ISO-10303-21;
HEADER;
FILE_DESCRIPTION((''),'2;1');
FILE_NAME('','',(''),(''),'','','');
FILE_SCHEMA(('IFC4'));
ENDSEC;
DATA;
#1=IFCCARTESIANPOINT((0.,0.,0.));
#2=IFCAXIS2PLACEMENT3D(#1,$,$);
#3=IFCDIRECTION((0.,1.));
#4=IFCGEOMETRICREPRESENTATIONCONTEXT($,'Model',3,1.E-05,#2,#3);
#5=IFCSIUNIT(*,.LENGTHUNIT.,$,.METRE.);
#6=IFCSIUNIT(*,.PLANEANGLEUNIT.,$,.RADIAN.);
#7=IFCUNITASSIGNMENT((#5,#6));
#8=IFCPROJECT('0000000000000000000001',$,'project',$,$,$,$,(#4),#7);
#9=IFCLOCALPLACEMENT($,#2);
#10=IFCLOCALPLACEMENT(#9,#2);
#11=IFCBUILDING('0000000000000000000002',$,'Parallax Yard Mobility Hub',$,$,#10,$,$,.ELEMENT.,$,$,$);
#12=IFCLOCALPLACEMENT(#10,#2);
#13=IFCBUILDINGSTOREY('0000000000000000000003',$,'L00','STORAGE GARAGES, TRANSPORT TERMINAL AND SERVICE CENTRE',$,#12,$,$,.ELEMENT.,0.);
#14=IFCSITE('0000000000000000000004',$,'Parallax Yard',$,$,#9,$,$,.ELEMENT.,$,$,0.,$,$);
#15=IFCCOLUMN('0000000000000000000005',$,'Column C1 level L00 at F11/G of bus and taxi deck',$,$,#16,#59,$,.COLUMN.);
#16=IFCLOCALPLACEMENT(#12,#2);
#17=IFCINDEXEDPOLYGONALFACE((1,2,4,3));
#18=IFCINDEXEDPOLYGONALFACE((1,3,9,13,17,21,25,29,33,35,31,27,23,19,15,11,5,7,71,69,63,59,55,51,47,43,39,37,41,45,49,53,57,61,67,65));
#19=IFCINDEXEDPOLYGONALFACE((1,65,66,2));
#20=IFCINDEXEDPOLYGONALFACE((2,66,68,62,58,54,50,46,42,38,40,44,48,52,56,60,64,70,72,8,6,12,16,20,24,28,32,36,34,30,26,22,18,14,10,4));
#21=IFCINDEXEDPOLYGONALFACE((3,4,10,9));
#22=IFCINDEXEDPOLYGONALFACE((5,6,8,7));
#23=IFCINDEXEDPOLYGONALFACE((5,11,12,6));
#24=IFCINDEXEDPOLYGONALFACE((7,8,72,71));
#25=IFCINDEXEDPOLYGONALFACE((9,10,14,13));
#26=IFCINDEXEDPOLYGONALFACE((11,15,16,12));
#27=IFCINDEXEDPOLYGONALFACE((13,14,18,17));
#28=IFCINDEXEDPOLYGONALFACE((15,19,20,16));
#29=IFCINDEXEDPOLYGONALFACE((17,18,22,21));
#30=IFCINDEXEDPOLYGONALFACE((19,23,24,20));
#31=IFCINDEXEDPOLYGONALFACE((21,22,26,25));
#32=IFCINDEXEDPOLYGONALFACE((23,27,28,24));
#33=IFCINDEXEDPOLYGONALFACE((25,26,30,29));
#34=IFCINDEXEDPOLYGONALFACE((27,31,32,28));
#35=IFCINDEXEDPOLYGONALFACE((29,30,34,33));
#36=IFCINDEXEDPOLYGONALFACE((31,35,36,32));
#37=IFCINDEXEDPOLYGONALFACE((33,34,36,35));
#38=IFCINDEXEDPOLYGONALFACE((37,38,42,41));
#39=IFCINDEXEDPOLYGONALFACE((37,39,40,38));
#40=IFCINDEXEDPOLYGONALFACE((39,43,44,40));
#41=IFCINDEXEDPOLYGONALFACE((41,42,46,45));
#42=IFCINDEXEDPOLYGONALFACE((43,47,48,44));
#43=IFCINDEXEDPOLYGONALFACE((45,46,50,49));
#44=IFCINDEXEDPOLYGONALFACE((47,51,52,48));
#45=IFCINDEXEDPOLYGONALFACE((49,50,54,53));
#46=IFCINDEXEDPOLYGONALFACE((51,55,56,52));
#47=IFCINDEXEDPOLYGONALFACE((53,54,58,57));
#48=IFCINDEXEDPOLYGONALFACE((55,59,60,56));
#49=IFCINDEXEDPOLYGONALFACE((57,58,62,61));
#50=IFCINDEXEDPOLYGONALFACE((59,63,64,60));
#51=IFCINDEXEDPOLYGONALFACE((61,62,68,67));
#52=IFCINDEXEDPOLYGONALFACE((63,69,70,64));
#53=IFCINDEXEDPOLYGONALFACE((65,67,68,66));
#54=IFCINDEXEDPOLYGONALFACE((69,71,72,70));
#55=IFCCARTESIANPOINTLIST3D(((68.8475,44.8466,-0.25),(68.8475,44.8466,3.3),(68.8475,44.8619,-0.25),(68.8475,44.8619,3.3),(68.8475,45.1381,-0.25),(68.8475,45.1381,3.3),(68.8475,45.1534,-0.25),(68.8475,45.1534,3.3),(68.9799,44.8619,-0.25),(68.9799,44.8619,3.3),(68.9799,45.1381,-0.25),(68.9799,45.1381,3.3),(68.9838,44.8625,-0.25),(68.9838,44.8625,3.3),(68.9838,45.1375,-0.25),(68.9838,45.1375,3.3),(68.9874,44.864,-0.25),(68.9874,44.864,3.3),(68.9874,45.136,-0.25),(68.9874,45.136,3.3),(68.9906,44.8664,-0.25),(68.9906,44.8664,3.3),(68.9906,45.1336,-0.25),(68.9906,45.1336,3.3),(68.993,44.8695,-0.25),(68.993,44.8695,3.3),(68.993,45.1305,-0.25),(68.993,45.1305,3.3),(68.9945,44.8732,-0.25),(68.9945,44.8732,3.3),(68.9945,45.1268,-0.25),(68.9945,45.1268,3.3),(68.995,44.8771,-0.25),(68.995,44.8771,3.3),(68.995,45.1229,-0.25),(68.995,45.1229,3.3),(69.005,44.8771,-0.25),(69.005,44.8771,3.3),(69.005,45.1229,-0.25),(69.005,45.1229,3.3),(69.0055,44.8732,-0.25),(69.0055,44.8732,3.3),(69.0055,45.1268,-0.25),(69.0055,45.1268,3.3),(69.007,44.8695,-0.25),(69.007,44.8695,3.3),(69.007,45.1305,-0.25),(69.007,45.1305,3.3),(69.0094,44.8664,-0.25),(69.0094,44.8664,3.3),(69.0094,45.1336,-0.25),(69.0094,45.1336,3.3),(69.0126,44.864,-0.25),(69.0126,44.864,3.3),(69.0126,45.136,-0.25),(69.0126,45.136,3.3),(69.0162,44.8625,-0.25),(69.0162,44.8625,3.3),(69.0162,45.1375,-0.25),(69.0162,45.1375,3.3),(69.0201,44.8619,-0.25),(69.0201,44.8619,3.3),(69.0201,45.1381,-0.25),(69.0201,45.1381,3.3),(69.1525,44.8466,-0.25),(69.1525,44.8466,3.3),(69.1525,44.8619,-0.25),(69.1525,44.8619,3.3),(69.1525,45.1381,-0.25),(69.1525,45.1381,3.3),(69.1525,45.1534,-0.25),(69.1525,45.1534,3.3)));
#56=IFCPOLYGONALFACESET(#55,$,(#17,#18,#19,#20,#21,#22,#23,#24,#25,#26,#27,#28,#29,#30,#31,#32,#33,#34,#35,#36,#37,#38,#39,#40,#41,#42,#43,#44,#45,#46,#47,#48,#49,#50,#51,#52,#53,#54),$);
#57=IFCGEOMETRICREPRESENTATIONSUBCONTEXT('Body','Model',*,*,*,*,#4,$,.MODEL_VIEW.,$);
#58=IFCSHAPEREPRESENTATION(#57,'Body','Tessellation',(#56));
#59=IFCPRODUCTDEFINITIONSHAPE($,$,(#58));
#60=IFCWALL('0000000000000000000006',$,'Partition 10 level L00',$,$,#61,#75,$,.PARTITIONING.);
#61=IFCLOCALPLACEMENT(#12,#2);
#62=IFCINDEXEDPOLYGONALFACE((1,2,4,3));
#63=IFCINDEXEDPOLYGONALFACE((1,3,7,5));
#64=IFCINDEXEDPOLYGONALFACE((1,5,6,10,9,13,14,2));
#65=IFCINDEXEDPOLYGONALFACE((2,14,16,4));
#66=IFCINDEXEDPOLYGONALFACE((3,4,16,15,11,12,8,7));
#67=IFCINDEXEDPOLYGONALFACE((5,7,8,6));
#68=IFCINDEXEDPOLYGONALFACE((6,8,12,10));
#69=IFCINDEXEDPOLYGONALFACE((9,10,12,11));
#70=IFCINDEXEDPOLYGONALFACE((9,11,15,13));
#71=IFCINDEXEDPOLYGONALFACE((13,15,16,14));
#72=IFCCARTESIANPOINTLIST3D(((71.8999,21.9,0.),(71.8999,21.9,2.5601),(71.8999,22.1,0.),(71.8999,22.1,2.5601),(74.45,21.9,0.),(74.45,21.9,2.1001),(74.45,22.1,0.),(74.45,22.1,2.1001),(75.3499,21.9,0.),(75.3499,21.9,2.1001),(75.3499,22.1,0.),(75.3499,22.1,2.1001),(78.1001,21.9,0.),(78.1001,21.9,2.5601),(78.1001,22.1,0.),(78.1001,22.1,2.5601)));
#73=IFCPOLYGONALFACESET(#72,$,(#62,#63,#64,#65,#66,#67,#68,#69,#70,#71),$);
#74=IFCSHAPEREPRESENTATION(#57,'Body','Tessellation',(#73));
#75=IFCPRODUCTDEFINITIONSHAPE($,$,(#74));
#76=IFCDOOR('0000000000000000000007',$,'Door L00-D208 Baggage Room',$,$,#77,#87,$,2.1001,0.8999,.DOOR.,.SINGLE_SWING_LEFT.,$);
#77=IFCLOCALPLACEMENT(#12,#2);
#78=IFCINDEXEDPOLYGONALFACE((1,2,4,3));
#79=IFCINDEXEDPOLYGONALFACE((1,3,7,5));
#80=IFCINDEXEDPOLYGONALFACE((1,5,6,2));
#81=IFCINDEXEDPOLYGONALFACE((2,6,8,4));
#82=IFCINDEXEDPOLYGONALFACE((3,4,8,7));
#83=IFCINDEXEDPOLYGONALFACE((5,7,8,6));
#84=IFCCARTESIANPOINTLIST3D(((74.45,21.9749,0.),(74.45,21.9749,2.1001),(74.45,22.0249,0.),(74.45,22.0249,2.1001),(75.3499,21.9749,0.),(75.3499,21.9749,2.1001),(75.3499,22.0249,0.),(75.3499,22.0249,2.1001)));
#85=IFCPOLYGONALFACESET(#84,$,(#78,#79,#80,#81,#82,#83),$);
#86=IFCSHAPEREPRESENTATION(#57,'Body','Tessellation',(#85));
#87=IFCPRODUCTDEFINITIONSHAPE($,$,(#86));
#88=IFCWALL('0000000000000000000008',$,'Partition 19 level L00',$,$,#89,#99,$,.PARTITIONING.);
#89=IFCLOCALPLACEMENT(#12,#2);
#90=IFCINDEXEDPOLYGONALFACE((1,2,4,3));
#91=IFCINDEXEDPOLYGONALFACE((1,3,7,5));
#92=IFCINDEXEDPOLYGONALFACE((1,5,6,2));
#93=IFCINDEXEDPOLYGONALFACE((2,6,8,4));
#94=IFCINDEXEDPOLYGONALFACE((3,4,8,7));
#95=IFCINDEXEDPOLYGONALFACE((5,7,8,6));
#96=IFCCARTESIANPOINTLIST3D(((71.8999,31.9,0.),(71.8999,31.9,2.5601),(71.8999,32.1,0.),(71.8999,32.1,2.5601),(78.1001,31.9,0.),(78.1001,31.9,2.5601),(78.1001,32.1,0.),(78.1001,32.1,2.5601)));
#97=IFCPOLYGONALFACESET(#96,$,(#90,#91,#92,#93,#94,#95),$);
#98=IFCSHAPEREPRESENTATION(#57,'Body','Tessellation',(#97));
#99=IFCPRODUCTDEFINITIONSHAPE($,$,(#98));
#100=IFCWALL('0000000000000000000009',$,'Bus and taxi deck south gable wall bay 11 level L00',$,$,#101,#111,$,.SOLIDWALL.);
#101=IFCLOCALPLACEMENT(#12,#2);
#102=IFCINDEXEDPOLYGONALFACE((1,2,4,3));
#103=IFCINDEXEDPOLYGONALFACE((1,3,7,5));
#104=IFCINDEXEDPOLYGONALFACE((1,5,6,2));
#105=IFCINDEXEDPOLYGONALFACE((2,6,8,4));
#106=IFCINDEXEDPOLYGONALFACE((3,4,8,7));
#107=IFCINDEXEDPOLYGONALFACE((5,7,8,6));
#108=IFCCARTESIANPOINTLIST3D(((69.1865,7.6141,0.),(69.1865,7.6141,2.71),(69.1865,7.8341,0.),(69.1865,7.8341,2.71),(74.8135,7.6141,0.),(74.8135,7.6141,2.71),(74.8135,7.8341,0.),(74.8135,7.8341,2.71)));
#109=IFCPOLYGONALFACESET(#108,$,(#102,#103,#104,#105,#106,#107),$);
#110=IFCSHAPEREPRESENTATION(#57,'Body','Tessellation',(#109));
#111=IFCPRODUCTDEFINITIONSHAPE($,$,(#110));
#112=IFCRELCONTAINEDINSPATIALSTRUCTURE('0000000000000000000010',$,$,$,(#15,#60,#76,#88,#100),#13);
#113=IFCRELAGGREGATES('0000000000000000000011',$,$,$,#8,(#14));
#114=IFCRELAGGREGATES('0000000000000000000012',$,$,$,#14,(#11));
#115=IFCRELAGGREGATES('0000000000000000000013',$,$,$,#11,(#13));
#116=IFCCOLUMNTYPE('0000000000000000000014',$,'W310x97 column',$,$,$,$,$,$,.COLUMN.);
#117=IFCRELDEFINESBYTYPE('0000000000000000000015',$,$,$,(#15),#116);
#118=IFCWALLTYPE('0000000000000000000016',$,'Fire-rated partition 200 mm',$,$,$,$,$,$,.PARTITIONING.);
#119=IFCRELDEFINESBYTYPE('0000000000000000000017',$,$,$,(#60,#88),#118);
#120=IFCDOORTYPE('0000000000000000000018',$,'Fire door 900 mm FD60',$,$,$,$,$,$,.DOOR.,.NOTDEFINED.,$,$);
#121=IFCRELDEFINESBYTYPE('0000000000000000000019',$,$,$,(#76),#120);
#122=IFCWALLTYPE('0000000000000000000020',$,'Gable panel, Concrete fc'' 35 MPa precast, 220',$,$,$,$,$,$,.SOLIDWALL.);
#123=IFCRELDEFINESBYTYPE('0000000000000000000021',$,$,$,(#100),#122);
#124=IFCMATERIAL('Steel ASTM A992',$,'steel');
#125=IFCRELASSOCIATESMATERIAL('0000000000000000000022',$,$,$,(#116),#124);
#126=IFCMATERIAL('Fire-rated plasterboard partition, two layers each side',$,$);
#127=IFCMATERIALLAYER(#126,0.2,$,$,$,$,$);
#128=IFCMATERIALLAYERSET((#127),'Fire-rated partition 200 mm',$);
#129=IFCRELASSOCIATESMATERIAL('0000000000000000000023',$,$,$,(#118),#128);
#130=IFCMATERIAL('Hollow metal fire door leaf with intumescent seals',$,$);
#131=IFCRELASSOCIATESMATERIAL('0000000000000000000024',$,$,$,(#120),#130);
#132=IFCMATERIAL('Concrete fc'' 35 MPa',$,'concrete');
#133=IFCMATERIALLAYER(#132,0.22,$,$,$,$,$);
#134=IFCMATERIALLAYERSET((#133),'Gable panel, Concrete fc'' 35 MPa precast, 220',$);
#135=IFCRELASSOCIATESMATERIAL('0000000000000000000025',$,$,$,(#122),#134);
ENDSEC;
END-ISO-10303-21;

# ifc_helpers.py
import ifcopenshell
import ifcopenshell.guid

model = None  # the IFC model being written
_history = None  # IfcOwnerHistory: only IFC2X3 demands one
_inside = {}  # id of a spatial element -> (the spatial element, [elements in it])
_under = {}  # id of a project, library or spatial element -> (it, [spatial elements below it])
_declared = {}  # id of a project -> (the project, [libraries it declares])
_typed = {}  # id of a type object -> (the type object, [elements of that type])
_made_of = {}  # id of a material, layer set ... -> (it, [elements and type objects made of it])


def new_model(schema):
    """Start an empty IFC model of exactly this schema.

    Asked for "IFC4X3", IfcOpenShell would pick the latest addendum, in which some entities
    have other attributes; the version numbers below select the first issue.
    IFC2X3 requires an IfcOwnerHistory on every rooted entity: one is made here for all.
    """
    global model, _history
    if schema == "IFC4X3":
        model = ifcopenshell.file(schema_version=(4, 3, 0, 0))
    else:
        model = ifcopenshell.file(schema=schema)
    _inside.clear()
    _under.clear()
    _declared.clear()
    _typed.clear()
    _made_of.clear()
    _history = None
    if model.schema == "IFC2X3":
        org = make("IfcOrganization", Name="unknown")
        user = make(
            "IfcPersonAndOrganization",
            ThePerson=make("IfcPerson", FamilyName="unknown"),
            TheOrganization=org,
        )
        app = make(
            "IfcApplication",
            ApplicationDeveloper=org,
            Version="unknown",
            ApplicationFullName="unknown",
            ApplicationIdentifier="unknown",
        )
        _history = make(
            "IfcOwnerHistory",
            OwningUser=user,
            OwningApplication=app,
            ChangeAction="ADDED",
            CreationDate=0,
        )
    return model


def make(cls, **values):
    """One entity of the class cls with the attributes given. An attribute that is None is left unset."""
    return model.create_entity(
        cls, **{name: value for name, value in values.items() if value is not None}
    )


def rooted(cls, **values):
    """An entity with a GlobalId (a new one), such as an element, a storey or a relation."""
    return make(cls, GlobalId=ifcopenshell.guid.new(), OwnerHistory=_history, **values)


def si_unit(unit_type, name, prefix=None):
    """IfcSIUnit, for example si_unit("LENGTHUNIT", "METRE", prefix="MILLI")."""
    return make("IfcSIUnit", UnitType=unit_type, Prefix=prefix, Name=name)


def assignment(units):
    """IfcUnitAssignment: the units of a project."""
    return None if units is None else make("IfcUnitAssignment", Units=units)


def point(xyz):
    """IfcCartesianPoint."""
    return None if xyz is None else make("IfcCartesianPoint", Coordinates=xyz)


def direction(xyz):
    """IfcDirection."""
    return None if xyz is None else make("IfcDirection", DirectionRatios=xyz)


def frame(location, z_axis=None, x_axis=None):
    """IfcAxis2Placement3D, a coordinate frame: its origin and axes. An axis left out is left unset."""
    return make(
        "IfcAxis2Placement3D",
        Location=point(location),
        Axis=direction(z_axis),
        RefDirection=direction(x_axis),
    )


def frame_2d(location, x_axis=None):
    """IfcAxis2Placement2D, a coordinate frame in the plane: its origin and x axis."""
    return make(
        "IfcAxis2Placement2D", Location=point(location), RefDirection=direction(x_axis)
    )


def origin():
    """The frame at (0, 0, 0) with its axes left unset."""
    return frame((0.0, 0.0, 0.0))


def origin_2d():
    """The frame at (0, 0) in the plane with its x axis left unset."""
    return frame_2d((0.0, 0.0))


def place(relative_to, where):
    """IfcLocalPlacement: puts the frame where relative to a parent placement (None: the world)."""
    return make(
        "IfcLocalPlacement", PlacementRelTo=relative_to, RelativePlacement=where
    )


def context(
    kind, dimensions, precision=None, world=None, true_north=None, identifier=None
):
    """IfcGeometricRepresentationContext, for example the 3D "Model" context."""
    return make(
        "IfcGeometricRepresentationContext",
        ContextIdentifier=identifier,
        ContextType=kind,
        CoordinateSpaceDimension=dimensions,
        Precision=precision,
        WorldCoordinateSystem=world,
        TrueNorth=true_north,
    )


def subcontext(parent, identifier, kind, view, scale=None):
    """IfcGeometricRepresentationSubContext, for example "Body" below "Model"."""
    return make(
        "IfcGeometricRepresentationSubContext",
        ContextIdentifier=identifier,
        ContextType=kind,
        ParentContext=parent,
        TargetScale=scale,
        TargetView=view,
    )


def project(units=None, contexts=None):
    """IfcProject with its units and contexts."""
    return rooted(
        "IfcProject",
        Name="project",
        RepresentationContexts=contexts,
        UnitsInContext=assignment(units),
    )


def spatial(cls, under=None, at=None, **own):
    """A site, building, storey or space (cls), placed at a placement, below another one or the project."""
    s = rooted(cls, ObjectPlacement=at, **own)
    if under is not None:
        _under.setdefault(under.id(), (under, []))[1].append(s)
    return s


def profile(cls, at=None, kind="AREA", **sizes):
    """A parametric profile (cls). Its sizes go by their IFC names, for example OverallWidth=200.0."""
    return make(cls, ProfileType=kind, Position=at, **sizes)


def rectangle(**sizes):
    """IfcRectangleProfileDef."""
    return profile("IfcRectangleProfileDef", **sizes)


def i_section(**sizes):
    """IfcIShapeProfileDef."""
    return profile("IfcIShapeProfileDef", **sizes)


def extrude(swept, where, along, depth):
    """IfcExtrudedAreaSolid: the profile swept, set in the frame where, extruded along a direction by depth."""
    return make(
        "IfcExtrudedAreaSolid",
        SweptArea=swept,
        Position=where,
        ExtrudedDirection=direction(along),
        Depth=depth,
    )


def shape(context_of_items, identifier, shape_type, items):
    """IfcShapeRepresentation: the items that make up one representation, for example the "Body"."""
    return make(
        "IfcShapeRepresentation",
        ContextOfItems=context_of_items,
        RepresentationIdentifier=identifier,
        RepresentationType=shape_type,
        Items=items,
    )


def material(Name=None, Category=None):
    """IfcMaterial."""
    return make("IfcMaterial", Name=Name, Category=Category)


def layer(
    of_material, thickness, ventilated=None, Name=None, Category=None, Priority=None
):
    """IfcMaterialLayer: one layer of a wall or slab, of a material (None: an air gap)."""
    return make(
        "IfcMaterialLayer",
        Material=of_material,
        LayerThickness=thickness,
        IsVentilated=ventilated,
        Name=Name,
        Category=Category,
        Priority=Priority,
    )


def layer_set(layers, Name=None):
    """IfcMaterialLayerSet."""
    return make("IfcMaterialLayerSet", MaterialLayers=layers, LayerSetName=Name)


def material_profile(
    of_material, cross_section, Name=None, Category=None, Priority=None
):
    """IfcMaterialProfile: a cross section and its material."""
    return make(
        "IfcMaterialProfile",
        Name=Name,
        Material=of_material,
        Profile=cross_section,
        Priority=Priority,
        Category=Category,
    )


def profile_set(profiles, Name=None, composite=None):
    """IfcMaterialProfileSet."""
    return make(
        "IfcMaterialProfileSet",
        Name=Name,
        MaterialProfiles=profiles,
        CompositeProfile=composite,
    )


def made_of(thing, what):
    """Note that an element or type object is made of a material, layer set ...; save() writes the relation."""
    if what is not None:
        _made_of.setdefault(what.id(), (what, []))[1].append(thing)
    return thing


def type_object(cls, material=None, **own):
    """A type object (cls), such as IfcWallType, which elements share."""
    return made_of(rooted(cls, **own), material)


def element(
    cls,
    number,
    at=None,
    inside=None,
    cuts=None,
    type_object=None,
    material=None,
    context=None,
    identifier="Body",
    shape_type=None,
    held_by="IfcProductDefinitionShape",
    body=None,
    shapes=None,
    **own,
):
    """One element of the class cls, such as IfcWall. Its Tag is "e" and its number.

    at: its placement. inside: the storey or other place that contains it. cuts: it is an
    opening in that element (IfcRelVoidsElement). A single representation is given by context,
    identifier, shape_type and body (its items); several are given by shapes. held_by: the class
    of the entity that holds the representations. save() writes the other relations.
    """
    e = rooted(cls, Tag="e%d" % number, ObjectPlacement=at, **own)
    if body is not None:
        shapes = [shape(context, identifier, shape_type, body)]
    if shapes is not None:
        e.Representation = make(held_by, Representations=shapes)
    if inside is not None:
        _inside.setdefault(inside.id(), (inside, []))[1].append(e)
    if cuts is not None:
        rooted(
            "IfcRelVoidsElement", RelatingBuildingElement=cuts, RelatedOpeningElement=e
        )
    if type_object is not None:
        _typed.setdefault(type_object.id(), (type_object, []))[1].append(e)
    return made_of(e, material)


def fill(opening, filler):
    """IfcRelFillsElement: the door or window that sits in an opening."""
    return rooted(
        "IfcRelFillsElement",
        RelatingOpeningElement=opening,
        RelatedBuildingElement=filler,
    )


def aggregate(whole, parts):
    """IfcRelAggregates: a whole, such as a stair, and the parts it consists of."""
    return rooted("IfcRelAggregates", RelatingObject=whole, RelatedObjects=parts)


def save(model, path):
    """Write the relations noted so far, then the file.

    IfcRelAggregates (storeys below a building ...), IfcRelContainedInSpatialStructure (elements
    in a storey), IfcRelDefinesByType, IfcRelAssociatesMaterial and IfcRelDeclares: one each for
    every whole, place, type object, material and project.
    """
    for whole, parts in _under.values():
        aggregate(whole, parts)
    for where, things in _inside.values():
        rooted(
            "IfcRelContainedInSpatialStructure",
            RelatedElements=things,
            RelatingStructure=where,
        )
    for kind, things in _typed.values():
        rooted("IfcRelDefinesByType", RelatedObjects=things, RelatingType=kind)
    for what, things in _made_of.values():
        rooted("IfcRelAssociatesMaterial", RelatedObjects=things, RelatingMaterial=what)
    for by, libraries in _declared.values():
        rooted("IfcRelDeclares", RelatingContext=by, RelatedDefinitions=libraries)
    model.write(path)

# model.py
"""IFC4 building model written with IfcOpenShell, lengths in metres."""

from ifc_helpers import new_model, si_unit, direction, frame, frame_2d, origin, origin_2d, place, context, subcontext, project, spatial, rectangle, i_section, extrude, material, layer, layer_set, material_profile, profile_set, type_object, element, fill, save


model = new_model("IFC4")

# Units and contexts
model_context = context("Model", 3, precision=1e-05, world=origin(), true_north=direction((0.0, 1.0)))
body_context = subcontext(model_context, "Body", "Model", "MODEL_VIEW")
ifc_project = project(units=[si_unit("LENGTHUNIT", "METRE"), si_unit("PLANEANGLEUNIT", "RADIAN")], contexts=[model_context])

# Site, building, storey
site_placement = place(None, origin())
site = spatial("IfcSite", under=ifc_project, at=site_placement, Name="Parallax Yard", CompositionType="ELEMENT", RefElevation=0.0)
building_placement = place(site_placement, origin())
building = spatial("IfcBuilding", under=site, at=building_placement, Name="Parallax Yard Mobility Hub", CompositionType="ELEMENT")
storey_placement = place(building_placement, origin())
storey = spatial("IfcBuildingStorey", under=building, at=storey_placement, Name="L00", Description="STORAGE GARAGES, TRANSPORT TERMINAL AND SERVICE CENTRE", CompositionType="ELEMENT", Elevation=0.0)

# Column
ifc_material_1 = material(Name="Steel ASTM A992", Category="steel")
ifc_material_profile_1 = material_profile(ifc_material_1, i_section(OverallWidth=0.3049, OverallDepth=0.3069, WebThickness=0.01, FlangeThickness=0.0154, FilletRadius=0.0151, at=origin_2d()), Name="W310x97")
ifc_profile_set_1 = profile_set([ifc_material_profile_1], Name="Steel ASTM A992")
column_type_1 = type_object("IfcColumnType", Name="W310x97 column", PredefinedType="COLUMN", material=ifc_profile_set_1)
for number, where, z_axis, x_axis, name in (
    (1, (69.0, 45.0, -0.25), (0.0, 0.0, 1.0), (1.0, 0.0, 0.0), "Column C1 level L00 at F11/G of bus and taxi deck"),
):
    element("IfcColumn", number, at=place(storey_placement, frame(where, z_axis=z_axis, x_axis=x_axis)), inside=storey, type_object=column_type_1, Name=name, PredefinedType="COLUMN", context=body_context, shape_type="SweptSolid", body=[
        extrude(i_section(OverallWidth=0.3049, OverallDepth=0.3069, WebThickness=0.01, FlangeThickness=0.0154, FilletRadius=0.0151, at=origin_2d()), origin(), (0.0, 0.0, 1.0), 3.55),
    ])

# Wall, opening, door
ifc_material_2 = material(Name="Fire-rated plasterboard partition, two layers each side")
ifc_layer_1 = layer(ifc_material_2, 0.2)
ifc_layer_set_1 = layer_set([ifc_layer_1], Name="Fire-rated partition 200 mm")
wall_type_1 = type_object("IfcWallType", Name="Fire-rated partition 200 mm", PredefinedType="PARTITIONING", material=ifc_layer_set_1)
wall_1_placement = place(storey_placement, frame((71.8999, 22.0, 0.0), z_axis=(0.0, 0.0, 1.0), x_axis=(1.0, 0.0, 0.0)))
wall_1 = element("IfcWall", 2, at=wall_1_placement, inside=storey, type_object=wall_type_1, Name="Partition 10 level L00", PredefinedType="PARTITIONING", context=body_context, shape_type="SweptSolid", body=[
    extrude(rectangle(XDim=6.2002, YDim=0.2, at=frame_2d((3.1001, 0.0))), origin(), (0.0, 0.0, 1.0), 2.5601),
])
opening_placement = place(wall_1_placement, frame((2.55, 0.0, 0.0)))
opening = element("IfcOpeningElement", 3, at=opening_placement, cuts=wall_1, PredefinedType="OPENING", context=body_context, shape_type="SweptSolid", body=[
    extrude(rectangle(XDim=0.8999, YDim=2.1001, at=frame_2d((0.45, 1.05))), frame((0.0, 0.1099, 0.0), z_axis=(0.0, -1.0, 0.0), x_axis=(1.0, 0.0, 0.0)), (0.0, 0.0, 1.0), 0.22),
])
ifc_material_3 = material(Name="Hollow metal fire door leaf with intumescent seals")
door_type = type_object("IfcDoorType", Name="Fire door 900 mm FD60", OperationType="NOTDEFINED", PredefinedType="DOOR", material=ifc_material_3)
door_placement = place(opening_placement, origin())
door = element("IfcDoor", 4, at=door_placement, inside=storey, type_object=door_type, Name="Door L00-D208 Baggage Room", OperationType="SINGLE_SWING_LEFT", OverallHeight=2.1001, OverallWidth=0.8999, PredefinedType="DOOR", context=body_context, shape_type="SweptSolid", body=[
    extrude(rectangle(XDim=0.8999, YDim=2.1001, at=frame_2d((0.45, 1.05))), frame((0.0, 0.0249, 0.0), z_axis=(0.0, -1.0, 0.0), x_axis=(1.0, 0.0, 0.0)), (0.0, 0.0, 1.0), 0.05),
])
fill(opening, door)

# Walls
wall_2_placement = place(storey_placement, frame((71.8999, 32.0, 0.0), z_axis=(0.0, 0.0, 1.0), x_axis=(1.0, 0.0, 0.0)))
element("IfcWall", 5, at=wall_2_placement, inside=storey, type_object=wall_type_1, Name="Partition 19 level L00", PredefinedType="PARTITIONING", context=body_context, shape_type="SweptSolid", body=[
    extrude(rectangle(XDim=6.2002, YDim=0.2, at=frame_2d((3.1001, 0.0))), origin(), (0.0, 0.0, 1.0), 2.5601),
])
ifc_material_4 = material(Name="Concrete fc' 35 MPa", Category="concrete")
ifc_layer_2 = layer(ifc_material_4, 0.22)
ifc_layer_set_2 = layer_set([ifc_layer_2], Name="Gable panel, Concrete fc' 35 MPa precast, 220")
wall_type_2 = type_object("IfcWallType", Name="Gable panel, Concrete fc' 35 MPa precast, 220", PredefinedType="SOLIDWALL", material=ifc_layer_set_2)
wall_3_placement = place(storey_placement, frame((69.1865, 7.7241, 0.0), z_axis=(0.0, 0.0, 1.0), x_axis=(1.0, 0.0, 0.0)))
element("IfcWall", 6, at=wall_3_placement, inside=storey, type_object=wall_type_2, Name="Bus and taxi deck south gable wall bay 11 level L00", PredefinedType="SOLIDWALL", context=body_context, shape_type="SweptSolid", body=[
    extrude(rectangle(XDim=5.627, YDim=0.22, at=frame_2d((2.8135, 0.0))), origin(), (0.0, 0.0, 1.0), 2.71),
])

save(model, "model.ifc")
